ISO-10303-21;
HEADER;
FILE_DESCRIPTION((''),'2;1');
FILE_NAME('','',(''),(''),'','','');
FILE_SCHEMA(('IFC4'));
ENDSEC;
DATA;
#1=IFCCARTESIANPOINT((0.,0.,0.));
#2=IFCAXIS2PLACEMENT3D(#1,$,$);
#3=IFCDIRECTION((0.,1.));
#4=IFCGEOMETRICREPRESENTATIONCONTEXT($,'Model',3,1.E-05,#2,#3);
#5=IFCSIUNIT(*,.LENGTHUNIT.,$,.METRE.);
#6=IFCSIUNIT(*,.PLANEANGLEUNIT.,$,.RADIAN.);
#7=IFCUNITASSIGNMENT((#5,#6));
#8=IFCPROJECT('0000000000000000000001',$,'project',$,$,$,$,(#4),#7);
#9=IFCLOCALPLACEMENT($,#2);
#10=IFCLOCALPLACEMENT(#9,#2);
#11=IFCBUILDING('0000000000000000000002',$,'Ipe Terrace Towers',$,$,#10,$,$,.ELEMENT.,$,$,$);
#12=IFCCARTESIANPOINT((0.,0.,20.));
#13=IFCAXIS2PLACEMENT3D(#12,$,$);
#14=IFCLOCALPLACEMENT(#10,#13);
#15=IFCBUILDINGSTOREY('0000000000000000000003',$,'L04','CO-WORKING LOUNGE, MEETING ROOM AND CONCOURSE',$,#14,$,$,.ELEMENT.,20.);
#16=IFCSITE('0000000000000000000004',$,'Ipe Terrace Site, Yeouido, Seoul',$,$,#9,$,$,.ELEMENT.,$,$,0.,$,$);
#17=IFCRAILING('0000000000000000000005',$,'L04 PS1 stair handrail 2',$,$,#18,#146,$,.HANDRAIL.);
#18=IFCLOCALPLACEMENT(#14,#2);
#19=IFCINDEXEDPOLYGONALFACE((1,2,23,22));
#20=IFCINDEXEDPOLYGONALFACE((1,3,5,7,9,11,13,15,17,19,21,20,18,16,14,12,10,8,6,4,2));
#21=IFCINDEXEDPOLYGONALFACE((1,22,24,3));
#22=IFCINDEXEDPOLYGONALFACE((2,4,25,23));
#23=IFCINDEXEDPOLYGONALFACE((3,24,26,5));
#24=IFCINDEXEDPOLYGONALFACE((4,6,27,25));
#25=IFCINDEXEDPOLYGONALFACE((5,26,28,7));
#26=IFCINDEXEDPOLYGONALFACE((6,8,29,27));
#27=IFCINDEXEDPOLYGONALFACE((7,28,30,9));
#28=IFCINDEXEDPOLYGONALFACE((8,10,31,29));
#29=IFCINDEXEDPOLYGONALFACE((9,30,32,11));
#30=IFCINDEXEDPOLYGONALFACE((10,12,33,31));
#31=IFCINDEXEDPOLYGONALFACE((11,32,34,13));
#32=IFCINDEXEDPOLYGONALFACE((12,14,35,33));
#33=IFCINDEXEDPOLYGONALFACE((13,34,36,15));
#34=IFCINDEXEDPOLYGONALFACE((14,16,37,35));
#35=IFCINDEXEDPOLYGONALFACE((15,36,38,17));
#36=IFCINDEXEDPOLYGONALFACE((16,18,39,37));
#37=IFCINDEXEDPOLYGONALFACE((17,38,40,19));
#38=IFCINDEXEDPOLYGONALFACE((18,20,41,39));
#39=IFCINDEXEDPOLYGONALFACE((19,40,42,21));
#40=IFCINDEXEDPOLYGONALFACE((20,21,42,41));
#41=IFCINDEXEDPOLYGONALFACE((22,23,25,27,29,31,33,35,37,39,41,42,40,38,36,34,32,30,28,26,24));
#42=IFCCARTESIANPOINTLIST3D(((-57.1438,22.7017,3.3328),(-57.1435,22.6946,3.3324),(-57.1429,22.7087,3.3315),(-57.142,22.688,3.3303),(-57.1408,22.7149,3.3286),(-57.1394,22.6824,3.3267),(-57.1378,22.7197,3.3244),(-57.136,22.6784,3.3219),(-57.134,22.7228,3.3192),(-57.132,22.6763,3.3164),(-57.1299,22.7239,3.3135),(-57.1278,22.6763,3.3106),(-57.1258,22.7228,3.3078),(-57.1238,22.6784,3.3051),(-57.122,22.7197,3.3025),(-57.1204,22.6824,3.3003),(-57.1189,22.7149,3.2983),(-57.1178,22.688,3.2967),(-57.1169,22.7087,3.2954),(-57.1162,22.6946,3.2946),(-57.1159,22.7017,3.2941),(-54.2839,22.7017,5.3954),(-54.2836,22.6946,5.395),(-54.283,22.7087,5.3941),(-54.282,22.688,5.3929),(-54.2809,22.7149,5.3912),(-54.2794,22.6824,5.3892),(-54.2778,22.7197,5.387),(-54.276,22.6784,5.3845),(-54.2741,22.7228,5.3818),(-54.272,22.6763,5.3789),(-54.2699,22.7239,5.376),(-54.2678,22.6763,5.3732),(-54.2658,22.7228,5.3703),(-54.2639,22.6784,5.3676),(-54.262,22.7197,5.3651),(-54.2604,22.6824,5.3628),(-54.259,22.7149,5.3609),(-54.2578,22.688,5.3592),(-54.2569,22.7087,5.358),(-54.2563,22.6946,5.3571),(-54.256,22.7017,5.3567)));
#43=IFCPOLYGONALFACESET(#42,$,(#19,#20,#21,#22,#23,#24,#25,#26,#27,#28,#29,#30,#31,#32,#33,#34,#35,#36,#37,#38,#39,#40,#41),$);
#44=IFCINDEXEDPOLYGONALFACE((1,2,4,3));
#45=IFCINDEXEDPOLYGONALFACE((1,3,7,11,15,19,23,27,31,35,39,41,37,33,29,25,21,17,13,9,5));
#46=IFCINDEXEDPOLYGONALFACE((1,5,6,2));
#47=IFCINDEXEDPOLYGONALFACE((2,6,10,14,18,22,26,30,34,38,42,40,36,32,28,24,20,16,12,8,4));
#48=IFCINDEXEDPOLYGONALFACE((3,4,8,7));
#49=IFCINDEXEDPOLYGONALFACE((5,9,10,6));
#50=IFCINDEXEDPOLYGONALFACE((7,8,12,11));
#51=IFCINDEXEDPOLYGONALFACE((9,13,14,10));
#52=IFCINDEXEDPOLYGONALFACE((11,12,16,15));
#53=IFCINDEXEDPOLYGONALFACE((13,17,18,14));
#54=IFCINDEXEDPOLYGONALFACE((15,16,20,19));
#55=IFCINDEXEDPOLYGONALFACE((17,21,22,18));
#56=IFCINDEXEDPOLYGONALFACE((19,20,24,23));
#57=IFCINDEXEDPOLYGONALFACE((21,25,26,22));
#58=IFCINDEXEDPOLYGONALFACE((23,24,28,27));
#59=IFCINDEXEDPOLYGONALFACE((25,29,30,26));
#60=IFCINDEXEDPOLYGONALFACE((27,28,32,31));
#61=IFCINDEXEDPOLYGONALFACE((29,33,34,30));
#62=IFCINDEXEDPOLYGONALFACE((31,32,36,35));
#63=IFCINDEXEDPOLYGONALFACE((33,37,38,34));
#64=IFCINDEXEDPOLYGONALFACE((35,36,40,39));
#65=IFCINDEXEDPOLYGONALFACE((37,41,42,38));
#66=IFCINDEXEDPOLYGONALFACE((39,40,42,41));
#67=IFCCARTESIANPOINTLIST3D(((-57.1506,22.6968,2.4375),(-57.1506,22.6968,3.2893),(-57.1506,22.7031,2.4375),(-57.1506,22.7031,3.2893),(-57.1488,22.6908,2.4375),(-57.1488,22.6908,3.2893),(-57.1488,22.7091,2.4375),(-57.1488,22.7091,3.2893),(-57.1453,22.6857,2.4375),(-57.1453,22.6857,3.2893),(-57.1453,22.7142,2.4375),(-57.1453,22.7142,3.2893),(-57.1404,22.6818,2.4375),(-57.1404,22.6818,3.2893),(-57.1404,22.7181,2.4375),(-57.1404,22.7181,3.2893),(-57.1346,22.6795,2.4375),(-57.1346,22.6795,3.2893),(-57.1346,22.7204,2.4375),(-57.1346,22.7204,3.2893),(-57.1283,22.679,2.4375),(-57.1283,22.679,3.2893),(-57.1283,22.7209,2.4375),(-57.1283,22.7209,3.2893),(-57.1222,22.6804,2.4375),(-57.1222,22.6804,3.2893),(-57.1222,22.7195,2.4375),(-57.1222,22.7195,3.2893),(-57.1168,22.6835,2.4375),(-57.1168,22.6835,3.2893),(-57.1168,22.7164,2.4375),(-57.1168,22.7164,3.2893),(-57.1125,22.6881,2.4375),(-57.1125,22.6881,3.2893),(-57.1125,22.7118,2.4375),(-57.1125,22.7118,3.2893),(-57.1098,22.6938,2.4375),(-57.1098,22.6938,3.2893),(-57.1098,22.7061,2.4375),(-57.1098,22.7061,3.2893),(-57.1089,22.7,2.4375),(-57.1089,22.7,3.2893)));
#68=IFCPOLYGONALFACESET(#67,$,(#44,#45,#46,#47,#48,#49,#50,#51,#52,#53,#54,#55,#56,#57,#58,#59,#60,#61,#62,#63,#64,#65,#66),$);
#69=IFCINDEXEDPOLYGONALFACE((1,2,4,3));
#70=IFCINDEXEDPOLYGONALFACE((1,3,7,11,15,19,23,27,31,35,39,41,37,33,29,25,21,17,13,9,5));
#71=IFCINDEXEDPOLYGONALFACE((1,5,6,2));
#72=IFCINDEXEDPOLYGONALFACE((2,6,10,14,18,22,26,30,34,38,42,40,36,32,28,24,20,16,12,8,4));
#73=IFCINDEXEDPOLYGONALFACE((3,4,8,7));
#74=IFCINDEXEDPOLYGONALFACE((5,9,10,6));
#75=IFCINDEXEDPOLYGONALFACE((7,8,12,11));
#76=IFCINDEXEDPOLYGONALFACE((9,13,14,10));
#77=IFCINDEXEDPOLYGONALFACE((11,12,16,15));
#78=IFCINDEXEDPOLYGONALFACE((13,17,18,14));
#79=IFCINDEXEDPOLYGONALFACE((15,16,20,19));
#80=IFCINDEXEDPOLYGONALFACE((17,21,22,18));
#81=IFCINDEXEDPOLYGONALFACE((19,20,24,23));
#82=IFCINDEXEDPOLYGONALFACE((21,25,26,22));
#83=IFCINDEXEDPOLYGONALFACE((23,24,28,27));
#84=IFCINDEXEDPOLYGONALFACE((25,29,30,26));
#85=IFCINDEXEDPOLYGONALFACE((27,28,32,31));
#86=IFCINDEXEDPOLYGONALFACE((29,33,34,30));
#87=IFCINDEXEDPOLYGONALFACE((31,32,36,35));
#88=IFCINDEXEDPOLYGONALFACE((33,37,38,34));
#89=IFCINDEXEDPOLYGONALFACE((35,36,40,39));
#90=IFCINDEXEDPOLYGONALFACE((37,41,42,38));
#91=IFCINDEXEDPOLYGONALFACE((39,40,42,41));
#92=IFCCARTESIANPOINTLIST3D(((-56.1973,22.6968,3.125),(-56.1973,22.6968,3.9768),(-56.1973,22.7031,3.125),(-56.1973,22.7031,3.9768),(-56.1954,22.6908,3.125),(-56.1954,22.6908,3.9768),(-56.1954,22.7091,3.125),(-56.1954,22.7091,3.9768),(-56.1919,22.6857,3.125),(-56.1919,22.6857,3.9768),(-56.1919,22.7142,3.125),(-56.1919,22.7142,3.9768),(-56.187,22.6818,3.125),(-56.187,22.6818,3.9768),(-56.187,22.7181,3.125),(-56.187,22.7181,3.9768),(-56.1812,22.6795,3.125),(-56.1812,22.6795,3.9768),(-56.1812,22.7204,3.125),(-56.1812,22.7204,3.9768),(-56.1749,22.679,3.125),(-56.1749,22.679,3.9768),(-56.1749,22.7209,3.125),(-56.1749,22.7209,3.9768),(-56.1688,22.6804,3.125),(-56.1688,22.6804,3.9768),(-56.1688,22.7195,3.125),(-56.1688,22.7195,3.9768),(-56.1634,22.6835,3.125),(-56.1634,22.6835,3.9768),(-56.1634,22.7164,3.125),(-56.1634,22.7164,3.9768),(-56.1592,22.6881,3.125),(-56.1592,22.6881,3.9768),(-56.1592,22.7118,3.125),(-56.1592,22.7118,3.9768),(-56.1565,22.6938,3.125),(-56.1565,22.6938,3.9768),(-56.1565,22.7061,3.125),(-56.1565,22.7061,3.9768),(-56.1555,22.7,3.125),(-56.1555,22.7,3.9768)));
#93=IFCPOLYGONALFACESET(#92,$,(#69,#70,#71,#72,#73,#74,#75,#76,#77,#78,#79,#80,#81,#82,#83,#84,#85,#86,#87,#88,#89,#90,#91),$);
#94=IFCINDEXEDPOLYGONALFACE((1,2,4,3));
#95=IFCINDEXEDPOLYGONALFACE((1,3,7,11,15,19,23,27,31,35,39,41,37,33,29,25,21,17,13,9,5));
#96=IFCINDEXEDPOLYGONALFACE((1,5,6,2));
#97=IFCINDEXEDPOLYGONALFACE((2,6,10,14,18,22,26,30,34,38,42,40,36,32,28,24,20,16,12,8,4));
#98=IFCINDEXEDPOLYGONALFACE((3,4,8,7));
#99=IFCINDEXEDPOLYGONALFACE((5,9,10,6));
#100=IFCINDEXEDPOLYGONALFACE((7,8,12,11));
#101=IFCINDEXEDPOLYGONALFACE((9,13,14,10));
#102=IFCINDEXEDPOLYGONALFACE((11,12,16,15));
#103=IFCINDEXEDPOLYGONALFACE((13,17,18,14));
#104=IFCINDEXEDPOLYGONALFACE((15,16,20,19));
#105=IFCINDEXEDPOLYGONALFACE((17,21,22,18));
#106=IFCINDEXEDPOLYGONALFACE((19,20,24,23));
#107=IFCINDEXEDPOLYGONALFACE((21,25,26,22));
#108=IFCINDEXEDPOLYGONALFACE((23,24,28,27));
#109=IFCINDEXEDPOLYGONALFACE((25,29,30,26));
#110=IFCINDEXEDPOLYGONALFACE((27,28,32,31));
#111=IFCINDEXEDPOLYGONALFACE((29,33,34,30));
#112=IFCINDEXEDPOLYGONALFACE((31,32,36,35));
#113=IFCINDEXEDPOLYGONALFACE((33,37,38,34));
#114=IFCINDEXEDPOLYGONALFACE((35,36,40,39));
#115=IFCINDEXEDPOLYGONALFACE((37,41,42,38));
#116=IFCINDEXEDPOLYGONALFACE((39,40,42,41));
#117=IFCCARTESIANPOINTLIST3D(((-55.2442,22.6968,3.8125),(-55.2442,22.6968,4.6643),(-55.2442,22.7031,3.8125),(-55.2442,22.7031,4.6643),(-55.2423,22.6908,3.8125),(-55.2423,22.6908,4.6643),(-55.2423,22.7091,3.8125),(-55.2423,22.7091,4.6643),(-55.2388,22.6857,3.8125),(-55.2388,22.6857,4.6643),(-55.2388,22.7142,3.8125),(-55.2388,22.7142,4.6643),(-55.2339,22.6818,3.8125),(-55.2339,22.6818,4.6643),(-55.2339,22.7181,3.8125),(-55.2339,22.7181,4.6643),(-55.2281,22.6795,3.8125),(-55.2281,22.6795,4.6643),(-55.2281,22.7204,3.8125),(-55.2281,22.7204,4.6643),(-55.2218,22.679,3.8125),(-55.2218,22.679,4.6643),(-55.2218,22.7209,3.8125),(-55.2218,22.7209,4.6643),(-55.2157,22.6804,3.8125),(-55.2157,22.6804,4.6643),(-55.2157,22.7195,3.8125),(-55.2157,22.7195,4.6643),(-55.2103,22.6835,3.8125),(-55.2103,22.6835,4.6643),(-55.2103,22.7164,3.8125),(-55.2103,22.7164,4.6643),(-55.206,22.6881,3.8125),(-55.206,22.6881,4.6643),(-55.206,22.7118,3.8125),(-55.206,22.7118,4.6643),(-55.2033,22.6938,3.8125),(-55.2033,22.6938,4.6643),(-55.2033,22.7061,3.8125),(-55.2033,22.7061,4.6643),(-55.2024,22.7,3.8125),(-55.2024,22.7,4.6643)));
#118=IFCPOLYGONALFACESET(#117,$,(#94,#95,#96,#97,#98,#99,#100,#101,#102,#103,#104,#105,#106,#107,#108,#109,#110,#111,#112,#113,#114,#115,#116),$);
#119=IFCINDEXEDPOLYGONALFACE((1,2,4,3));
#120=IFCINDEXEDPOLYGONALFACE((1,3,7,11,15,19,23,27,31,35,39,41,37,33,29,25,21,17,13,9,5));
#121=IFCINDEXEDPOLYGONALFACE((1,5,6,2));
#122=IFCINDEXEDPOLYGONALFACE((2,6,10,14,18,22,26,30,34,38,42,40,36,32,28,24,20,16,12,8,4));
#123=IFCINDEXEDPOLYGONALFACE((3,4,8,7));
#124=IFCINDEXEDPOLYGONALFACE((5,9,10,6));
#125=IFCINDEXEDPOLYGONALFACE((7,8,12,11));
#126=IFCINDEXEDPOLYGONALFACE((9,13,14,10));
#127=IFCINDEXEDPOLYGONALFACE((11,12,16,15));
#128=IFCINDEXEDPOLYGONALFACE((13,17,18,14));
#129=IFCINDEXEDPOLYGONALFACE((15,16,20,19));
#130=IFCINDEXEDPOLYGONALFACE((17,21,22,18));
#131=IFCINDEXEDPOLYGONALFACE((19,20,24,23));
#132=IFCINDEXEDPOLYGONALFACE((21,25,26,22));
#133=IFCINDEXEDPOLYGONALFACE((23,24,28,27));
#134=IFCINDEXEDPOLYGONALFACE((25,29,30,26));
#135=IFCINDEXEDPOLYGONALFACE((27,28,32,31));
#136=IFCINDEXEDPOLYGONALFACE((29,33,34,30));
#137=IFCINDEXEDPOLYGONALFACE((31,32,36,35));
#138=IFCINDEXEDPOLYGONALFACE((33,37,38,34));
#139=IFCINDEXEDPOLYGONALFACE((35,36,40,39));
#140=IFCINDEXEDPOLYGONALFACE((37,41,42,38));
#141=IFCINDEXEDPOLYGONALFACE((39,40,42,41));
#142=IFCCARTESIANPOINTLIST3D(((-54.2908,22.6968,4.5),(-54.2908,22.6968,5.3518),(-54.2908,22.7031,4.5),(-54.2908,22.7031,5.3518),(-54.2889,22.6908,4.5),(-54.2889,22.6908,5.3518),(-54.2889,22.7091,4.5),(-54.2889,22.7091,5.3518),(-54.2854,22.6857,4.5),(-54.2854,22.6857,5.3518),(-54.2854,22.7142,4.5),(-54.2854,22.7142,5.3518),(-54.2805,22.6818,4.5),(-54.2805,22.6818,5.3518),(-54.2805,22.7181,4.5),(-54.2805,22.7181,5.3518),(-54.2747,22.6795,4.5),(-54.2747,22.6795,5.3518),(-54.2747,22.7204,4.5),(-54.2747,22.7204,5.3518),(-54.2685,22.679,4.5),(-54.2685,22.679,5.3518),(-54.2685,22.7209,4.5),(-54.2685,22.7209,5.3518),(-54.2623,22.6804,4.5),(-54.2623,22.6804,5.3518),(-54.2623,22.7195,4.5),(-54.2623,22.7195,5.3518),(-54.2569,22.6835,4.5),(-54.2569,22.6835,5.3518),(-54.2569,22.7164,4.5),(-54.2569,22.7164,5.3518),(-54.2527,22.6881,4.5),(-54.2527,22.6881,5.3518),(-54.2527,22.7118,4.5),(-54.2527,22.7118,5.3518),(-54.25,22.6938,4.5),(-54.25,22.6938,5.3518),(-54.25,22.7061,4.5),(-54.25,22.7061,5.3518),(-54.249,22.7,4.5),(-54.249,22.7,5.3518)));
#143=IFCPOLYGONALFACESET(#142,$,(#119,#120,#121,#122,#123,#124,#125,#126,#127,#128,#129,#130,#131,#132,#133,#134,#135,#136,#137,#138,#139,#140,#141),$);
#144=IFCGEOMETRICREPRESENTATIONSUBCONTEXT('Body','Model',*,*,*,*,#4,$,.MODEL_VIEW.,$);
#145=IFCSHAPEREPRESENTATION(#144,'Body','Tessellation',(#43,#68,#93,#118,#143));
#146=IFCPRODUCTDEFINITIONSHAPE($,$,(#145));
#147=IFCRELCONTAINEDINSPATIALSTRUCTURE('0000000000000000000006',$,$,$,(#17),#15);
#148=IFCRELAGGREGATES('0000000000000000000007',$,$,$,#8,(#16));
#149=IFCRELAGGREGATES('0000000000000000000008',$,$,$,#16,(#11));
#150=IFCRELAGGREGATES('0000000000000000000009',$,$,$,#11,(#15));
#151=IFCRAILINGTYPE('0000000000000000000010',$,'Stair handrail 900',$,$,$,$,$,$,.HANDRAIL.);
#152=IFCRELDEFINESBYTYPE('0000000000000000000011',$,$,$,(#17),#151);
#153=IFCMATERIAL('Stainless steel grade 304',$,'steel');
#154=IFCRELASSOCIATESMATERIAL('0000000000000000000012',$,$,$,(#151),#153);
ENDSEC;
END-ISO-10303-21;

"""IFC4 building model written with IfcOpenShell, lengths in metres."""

from ifc_helpers import new_model, si_unit, direction, frame, origin, origin_2d, place, context, subcontext, project, spatial, circle, extrude, material, type_object, element, save


model = new_model("IFC4")

# Units and contexts
model_context = context("Model", 3, precision=1e-05, world=origin(), true_north=direction((0.0, 1.0)))
body_context = subcontext(model_context, "Body", "Model", "MODEL_VIEW")
ifc_project = project(units=[si_unit("LENGTHUNIT", "METRE"), si_unit("PLANEANGLEUNIT", "RADIAN")], contexts=[model_context])

# Site, building, storey
site_placement = place(None, origin())
site = spatial("IfcSite", under=ifc_project, at=site_placement, Name="Ipe Terrace Site, Yeouido, Seoul", CompositionType="ELEMENT", RefElevation=0.0)
building_placement = place(site_placement, origin())
building = spatial("IfcBuilding", under=site, at=building_placement, Name="Ipe Terrace Towers", CompositionType="ELEMENT")
storey_placement = place(building_placement, frame((0.0, 0.0, 20.0)))
storey = spatial("IfcBuildingStorey", under=building, at=storey_placement, Name="L04", Description="CO-WORKING LOUNGE, MEETING ROOM AND CONCOURSE", CompositionType="ELEMENT", Elevation=20.0)

# Railing
ifc_material_1 = material(Name="Stainless steel grade 304", Category="steel")
railing_type_1 = type_object("IfcRailingType", Name="Stair handrail 900", PredefinedType="HANDRAIL", material=ifc_material_1)
railing_1_placement = place(storey_placement, frame((-57.1299, 22.7, 2.4375)))
element("IfcRailing", 1, at=railing_1_placement, inside=storey, type_object=railing_type_1, Name="L04 PS1 stair handrail 2", PredefinedType="HANDRAIL", context=body_context, shape_type="SweptSolid", body=[
    extrude(circle(Radius=0.0239, at=origin_2d()), frame((0.0, 0.0, 0.876), z_axis=(0.811077, 0.0, 0.584939), x_axis=(0.0, 1.0, 0.0)), (0.0, 0.0, 1.0), 3.5261),
    extrude(circle(Radius=0.021, at=origin_2d()), origin(), (0.0, 0.0, 1.0), 0.8518),
    extrude(circle(Radius=0.021, at=origin_2d()), frame((0.9534, 0.0, 0.6875)), (0.0, 0.0, 1.0), 0.8518),
    extrude(circle(Radius=0.021, at=origin_2d()), frame((1.9065, 0.0, 1.375)), (0.0, 0.0, 1.0), 0.8518),
    extrude(circle(Radius=0.021, at=origin_2d()), frame((2.8599, 0.0, 2.0625)), (0.0, 0.0, 1.0), 0.8518),
])

save(model, "model.ifc")
